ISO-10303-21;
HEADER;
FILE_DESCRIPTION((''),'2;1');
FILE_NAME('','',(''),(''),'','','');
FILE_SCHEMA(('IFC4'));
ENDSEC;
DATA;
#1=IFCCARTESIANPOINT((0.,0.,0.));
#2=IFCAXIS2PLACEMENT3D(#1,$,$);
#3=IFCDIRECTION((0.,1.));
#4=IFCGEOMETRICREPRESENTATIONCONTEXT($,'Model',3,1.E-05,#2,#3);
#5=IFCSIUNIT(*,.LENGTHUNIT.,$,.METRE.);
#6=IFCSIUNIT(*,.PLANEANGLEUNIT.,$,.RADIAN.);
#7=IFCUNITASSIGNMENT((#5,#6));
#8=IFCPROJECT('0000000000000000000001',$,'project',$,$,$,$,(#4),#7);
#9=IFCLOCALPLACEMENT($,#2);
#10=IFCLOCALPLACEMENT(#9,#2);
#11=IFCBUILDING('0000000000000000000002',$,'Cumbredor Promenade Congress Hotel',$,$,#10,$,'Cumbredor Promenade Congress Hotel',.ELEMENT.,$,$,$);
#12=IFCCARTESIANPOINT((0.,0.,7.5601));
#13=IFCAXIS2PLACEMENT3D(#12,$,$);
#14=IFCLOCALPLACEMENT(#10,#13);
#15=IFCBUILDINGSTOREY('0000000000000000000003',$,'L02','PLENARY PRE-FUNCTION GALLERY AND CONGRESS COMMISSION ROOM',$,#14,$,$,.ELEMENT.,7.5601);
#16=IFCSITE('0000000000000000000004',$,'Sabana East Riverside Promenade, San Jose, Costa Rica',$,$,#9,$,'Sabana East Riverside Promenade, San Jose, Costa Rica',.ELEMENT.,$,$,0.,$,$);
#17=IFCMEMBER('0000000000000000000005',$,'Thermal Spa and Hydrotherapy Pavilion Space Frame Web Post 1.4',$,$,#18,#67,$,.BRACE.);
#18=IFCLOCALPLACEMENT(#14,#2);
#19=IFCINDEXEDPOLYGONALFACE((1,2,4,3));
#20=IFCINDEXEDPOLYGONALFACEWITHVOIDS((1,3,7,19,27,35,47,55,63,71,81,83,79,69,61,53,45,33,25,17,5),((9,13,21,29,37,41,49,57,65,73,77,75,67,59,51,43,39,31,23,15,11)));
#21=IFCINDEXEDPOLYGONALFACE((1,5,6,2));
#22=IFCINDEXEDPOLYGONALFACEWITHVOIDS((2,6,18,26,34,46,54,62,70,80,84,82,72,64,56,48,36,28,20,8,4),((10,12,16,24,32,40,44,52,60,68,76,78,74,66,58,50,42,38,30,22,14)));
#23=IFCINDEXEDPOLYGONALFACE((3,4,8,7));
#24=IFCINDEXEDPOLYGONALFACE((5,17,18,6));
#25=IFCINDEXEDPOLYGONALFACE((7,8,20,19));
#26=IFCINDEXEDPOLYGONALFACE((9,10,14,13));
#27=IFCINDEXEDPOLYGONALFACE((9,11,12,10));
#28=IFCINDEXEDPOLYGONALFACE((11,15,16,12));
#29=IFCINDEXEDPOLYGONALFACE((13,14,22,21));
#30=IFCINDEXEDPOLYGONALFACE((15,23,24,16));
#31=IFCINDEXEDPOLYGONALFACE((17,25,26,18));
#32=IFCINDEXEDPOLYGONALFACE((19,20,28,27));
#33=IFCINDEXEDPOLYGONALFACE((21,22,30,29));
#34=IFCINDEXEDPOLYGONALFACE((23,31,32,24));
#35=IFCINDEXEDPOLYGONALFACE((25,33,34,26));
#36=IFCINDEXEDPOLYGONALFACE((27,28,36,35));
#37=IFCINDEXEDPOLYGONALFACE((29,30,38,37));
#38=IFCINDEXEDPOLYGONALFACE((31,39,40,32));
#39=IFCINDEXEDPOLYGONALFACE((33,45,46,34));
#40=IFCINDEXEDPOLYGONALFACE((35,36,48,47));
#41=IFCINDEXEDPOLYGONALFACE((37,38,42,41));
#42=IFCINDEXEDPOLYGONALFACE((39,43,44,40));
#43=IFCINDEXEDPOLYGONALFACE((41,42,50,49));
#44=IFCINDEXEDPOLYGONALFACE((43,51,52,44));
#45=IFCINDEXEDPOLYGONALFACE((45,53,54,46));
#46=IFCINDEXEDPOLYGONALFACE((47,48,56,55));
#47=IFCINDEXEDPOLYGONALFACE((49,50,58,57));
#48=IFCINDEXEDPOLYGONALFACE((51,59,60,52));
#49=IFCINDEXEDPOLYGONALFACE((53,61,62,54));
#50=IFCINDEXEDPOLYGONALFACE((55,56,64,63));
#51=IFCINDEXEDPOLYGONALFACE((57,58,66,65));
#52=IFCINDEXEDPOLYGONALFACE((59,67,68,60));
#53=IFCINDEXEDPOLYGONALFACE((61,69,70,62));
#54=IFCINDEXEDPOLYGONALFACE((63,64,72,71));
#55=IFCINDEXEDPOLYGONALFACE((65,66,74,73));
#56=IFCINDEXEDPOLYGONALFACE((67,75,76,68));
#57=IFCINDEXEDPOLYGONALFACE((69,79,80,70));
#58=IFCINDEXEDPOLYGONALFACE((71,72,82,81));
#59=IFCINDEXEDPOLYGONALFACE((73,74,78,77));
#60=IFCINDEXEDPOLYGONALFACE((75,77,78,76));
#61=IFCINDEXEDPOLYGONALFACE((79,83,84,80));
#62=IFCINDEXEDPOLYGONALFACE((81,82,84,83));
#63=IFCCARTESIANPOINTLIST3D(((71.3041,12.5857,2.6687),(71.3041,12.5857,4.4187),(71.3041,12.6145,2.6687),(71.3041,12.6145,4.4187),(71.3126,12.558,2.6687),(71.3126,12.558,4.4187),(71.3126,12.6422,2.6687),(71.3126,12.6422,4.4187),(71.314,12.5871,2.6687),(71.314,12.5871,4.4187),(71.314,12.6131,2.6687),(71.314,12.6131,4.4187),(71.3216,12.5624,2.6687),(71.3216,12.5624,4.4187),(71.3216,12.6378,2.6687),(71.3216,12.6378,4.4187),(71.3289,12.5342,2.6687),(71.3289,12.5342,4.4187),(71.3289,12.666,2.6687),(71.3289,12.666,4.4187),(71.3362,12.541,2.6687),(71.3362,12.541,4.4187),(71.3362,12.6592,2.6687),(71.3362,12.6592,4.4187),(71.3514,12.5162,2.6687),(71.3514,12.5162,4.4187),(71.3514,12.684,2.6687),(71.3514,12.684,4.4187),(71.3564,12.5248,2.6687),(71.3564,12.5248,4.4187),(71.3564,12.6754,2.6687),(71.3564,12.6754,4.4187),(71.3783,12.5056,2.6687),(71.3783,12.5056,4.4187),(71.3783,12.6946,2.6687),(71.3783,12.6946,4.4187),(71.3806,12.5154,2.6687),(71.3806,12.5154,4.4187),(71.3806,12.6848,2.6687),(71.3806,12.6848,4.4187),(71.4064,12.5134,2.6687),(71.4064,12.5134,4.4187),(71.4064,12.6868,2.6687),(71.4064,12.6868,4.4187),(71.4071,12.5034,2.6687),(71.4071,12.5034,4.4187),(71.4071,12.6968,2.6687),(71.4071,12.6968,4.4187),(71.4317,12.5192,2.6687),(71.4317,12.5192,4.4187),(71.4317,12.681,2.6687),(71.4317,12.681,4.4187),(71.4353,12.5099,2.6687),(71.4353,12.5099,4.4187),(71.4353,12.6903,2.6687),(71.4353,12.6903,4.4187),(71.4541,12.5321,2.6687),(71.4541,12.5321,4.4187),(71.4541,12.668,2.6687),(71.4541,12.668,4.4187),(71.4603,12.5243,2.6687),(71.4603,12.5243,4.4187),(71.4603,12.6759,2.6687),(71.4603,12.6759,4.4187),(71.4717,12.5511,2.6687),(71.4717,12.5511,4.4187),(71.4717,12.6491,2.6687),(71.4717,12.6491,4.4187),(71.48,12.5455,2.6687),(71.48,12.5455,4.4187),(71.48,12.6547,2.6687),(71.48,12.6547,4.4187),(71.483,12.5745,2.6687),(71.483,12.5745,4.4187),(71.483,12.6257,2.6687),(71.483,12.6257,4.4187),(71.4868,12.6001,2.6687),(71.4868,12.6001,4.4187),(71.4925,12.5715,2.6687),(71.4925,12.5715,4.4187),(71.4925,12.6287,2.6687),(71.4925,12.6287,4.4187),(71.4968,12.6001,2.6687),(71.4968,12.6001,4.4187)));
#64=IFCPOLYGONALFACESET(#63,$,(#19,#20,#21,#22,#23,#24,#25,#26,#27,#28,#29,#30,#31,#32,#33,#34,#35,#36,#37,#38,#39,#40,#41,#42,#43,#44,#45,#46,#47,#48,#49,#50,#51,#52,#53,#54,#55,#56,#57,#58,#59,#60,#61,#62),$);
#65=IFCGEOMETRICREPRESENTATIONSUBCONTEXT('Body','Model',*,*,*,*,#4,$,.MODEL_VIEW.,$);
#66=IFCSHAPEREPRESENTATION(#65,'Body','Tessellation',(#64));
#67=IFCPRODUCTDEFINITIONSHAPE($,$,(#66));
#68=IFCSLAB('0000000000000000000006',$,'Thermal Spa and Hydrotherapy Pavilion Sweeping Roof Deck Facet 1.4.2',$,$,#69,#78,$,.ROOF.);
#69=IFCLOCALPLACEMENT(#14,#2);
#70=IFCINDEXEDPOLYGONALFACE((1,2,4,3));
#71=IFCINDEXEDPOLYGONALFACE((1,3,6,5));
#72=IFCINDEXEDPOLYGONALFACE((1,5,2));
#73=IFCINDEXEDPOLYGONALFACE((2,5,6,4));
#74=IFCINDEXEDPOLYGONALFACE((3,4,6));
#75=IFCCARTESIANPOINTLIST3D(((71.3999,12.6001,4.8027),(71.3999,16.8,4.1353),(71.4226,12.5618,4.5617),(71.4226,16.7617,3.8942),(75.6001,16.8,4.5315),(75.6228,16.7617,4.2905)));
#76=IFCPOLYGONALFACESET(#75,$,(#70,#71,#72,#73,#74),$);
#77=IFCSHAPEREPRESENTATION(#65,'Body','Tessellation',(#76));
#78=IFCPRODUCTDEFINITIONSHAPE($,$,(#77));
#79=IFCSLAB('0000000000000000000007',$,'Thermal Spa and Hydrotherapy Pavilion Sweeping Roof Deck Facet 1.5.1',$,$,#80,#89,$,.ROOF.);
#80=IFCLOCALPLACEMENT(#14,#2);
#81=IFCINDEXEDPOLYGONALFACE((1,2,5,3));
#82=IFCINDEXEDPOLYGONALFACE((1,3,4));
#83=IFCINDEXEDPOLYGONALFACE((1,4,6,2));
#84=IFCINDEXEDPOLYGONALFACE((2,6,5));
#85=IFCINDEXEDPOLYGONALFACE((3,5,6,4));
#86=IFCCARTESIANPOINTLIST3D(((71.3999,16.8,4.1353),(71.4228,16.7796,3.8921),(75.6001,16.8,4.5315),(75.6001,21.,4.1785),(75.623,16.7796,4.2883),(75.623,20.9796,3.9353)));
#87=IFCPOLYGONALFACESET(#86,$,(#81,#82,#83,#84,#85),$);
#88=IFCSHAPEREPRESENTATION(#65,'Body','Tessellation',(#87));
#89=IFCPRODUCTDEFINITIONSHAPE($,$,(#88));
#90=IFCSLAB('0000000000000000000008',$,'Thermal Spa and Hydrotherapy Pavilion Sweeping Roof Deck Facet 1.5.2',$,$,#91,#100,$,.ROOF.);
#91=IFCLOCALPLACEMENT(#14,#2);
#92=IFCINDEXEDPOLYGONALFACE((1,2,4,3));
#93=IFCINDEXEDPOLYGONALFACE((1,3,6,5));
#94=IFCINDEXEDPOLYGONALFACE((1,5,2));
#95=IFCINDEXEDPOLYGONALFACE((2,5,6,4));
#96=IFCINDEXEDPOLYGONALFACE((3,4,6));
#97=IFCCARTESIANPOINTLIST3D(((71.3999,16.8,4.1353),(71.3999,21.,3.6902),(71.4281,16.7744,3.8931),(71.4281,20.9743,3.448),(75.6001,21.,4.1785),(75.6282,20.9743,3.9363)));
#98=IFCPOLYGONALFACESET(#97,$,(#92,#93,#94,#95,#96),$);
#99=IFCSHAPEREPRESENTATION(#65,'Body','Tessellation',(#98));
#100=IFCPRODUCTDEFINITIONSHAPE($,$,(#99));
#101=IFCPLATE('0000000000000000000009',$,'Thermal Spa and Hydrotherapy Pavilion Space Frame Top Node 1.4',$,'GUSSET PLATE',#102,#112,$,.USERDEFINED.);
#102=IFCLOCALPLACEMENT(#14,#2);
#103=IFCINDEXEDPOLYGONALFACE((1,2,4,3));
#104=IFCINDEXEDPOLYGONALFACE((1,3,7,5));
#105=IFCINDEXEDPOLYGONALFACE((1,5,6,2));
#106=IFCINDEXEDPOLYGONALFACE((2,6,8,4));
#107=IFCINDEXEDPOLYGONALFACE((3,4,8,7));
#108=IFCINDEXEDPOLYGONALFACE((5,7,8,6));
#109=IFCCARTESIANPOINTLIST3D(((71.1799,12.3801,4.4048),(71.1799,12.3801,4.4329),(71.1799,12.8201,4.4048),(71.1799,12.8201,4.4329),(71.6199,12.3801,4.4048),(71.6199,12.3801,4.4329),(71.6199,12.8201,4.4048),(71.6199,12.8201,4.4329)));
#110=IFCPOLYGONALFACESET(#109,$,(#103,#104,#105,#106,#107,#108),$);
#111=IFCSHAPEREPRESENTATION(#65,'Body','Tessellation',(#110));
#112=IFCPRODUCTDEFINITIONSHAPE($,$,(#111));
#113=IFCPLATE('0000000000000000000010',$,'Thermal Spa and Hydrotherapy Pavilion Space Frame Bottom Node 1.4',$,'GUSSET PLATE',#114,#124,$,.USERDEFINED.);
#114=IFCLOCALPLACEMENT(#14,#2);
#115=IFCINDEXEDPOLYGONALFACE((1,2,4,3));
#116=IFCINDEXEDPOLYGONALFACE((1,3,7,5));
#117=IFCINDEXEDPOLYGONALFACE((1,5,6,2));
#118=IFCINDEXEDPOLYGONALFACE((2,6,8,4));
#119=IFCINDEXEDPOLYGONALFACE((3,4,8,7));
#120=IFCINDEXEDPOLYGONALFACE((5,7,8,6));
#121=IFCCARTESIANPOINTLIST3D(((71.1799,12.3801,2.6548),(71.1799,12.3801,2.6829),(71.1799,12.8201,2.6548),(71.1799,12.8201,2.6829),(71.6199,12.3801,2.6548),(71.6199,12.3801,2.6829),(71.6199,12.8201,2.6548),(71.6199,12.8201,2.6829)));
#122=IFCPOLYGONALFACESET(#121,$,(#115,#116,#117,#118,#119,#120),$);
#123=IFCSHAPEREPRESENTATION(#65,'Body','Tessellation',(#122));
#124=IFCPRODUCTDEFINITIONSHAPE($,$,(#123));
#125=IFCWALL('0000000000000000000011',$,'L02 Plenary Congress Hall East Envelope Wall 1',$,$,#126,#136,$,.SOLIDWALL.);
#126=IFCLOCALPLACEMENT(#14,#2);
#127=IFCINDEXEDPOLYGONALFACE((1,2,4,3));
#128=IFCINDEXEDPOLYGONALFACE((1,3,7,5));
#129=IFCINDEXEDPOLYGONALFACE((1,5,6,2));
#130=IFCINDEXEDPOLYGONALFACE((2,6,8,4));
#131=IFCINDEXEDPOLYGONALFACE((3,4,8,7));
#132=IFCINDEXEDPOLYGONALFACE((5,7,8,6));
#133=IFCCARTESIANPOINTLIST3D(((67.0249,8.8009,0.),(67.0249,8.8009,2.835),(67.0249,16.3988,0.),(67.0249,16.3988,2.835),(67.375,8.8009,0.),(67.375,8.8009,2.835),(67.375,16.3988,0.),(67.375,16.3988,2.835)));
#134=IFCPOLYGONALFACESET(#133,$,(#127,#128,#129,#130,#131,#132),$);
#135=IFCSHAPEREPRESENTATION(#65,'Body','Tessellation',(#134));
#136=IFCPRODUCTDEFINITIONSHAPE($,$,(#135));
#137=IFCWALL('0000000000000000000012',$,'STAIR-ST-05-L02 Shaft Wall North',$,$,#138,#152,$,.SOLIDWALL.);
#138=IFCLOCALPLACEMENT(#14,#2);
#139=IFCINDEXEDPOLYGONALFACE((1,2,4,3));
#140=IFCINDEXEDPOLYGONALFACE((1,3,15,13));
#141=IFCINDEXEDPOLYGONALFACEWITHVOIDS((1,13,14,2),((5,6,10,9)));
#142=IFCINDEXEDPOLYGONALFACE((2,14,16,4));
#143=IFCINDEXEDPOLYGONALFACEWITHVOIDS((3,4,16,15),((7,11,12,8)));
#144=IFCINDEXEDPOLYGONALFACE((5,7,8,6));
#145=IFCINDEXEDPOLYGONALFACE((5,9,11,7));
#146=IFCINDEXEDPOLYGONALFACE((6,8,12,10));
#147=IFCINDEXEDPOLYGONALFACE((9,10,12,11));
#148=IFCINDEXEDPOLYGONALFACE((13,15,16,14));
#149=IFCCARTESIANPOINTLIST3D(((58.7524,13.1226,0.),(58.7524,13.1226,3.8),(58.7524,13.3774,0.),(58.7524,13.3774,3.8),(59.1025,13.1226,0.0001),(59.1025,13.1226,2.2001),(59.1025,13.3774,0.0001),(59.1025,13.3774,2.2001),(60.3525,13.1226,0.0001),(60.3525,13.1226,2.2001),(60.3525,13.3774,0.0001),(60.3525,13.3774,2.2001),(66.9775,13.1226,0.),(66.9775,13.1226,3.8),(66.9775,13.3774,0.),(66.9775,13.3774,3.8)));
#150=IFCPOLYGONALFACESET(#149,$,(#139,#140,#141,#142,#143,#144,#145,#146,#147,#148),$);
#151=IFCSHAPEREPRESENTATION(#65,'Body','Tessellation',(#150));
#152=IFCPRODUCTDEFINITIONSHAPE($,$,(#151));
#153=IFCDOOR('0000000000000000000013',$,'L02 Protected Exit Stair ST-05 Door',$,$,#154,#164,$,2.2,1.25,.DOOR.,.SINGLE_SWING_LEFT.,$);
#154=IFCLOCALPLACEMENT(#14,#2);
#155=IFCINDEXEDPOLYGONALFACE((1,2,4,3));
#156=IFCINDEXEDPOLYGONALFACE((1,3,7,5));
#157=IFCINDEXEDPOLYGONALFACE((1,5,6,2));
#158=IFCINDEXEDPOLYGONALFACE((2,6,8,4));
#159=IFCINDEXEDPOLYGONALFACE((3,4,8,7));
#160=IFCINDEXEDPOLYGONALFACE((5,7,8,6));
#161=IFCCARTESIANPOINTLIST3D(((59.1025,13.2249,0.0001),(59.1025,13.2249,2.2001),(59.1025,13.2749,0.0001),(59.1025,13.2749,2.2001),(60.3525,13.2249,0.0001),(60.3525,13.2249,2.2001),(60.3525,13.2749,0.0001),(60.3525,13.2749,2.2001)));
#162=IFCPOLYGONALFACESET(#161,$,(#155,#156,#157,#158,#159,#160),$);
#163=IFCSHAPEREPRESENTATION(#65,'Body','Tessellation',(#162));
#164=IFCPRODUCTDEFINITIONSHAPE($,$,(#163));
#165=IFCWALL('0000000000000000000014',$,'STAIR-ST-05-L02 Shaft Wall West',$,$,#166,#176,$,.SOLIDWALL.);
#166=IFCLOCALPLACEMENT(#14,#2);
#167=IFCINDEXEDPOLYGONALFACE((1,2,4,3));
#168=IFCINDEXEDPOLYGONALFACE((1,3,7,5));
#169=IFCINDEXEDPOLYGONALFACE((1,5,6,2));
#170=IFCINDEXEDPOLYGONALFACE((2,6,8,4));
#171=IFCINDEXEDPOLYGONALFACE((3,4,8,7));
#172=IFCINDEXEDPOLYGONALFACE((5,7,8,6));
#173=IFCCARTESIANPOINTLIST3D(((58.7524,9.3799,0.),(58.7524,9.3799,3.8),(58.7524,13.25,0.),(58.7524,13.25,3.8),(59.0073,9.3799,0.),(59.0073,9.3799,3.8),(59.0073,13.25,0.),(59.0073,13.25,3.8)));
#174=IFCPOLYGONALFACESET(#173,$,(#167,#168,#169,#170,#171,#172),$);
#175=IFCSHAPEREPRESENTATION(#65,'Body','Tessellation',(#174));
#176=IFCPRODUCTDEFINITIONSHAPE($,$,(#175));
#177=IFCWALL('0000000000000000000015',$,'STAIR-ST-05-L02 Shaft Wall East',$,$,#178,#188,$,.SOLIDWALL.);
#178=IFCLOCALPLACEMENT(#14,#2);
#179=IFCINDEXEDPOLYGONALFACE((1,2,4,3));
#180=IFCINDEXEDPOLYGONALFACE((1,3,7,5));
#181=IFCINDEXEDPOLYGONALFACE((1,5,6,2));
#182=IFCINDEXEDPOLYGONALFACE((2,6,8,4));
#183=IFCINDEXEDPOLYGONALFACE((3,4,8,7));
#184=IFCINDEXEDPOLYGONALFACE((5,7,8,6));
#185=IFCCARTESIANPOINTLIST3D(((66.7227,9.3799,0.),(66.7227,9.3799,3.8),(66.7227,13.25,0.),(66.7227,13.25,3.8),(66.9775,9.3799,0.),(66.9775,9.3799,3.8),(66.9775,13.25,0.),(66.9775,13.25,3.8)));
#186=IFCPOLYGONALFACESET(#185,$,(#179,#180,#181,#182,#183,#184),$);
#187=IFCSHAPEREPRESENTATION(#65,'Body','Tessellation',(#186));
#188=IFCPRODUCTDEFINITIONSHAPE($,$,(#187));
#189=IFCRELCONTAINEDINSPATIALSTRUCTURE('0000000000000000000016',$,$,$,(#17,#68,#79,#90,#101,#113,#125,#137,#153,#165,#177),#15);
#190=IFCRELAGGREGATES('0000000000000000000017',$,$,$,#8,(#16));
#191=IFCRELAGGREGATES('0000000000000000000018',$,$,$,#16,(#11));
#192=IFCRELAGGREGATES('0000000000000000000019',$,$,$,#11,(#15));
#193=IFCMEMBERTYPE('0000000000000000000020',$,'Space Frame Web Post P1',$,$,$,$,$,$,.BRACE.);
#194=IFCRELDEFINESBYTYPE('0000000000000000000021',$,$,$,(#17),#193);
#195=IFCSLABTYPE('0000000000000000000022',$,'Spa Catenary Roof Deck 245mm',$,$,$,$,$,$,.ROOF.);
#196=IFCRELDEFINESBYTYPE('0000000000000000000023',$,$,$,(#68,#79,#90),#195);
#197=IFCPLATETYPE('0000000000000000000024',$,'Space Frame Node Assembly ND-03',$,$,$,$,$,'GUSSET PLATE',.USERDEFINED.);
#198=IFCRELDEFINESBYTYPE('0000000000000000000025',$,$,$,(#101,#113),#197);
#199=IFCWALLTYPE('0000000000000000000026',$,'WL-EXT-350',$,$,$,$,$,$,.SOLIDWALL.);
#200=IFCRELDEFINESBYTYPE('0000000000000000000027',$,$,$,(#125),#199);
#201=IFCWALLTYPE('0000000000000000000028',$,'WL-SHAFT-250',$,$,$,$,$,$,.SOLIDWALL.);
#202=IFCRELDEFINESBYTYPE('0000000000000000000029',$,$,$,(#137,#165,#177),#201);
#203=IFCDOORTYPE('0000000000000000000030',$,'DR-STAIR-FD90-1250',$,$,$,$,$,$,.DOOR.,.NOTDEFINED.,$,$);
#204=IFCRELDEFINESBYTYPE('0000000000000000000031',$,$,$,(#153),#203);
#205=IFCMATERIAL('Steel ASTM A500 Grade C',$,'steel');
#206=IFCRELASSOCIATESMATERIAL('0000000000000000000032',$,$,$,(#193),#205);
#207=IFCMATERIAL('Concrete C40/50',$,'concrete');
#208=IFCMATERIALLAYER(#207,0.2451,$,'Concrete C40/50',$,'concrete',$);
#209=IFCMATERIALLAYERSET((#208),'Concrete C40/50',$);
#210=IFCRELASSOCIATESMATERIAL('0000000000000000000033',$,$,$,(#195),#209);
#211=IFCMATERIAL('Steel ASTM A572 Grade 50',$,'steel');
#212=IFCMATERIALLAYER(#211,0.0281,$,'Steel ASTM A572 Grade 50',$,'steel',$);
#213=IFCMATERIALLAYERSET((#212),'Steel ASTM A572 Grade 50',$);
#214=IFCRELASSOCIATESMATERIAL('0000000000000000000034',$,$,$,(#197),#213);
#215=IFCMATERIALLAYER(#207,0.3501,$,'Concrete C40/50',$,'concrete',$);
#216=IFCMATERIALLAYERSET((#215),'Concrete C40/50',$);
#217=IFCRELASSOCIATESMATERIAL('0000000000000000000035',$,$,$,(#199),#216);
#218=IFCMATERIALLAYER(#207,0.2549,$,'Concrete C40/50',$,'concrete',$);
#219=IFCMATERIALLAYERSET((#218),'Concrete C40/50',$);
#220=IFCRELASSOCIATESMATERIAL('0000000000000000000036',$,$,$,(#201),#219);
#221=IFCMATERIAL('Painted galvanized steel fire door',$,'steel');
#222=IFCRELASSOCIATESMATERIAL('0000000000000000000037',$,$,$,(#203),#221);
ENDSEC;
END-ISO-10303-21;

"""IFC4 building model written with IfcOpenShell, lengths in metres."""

from ifc_helpers import new_model, si_unit, direction, frame, frame_2d, origin, origin_2d, place, context, subcontext, project, spatial, polyline, rectangle, hollow_circle, outline, extrude, material, layer, layer_set, material_profile, profile_set, type_object, element, fill, save


model = new_model("IFC4")

# Units and contexts
model_context = context("Model", 3, precision=1e-05, world=origin(), true_north=direction((0.0, 1.0)))
body_context = subcontext(model_context, "Body", "Model", "MODEL_VIEW")
ifc_project = project(units=[si_unit("LENGTHUNIT", "METRE"), si_unit("PLANEANGLEUNIT", "RADIAN")], contexts=[model_context])

# Site, building, storey
site_placement = place(None, origin())
site = spatial("IfcSite", under=ifc_project, at=site_placement, Name="Sabana East Riverside Promenade, San Jose, Costa Rica", LongName="Sabana East Riverside Promenade, San Jose, Costa Rica", CompositionType="ELEMENT", RefElevation=0.0)
building_placement = place(site_placement, origin())
building = spatial("IfcBuilding", under=site, at=building_placement, Name="Cumbredor Promenade Congress Hotel", LongName="Cumbredor Promenade Congress Hotel", CompositionType="ELEMENT")
storey_placement = place(building_placement, frame((0.0, 0.0, 7.5601)))
storey = spatial("IfcBuildingStorey", under=building, at=storey_placement, Name="L02", Description="PLENARY PRE-FUNCTION GALLERY AND CONGRESS COMMISSION ROOM", CompositionType="ELEMENT", Elevation=7.5601)

# Shared definitions
ifc_material_1 = material(Name="Concrete C40/50", Category="concrete")

# Member
ifc_material_2 = material(Name="Steel ASTM A500 Grade C", Category="steel")
ifc_material_profile_1 = material_profile(ifc_material_2, hollow_circle(Radius=0.0969, WallThickness=0.01, at=origin_2d()), Name="CHS 193.7x10")
ifc_profile_set_1 = profile_set([ifc_material_profile_1], Name="Steel ASTM A500 Grade C")
member_type_1 = type_object("IfcMemberType", Name="Space Frame Web Post P1", PredefinedType="BRACE", material=ifc_profile_set_1)
member_1_placement = place(storey_placement, frame((71.3999, 12.6001, 2.6687), z_axis=(0.0, 0.0, 1.0), x_axis=(1.0, 0.0, 0.0)))
element("IfcMember", 1, at=member_1_placement, inside=storey, type_object=member_type_1, Name="Thermal Spa and Hydrotherapy Pavilion Space Frame Web Post 1.4", PredefinedType="BRACE", context=body_context, shape_type="SweptSolid", body=[
    extrude(hollow_circle(Radius=0.0969, WallThickness=0.01, at=origin_2d()), origin(), (0.0, 0.0, 1.0), 1.75),
])

# Slabs
ifc_layer_1 = layer(ifc_material_1, 0.2451, Name="Concrete C40/50", Category="concrete")
ifc_layer_set_1 = layer_set([ifc_layer_1], Name="Concrete C40/50")
slab_type = type_object("IfcSlabType", Name="Spa Catenary Roof Deck 245mm", PredefinedType="ROOF", material=ifc_layer_set_1)
slab_1_placement = place(storey_placement, frame((71.3999, 12.6001, 4.8027), z_axis=(-0.092767, 0.156279, 0.983347), x_axis=(0.706391, 0.70635, -0.045617)))
element("IfcSlab", 2, at=slab_1_placement, inside=storey, type_object=slab_type, Name="Thermal Spa and Hydrotherapy Pavilion Sweeping Roof Deck Facet 1.4.2", PredefinedType="ROOF", context=body_context, shape_type="SweptSolid", body=[
    extrude(outline(polyline([(0.0, 0.0), (5.946, 0.0), (2.9971, 3.0171), (0.0, 0.0)])), origin(), (0.0, 0.0, -1.0), 0.2451),
])
slab_2_placement = place(storey_placement, frame((71.3999, 16.8, 4.1353), z_axis=(-0.093594, 0.083392, 0.992112), x_axis=(0.99558, 0.0, 0.093922)))
element("IfcSlab", 3, at=slab_2_placement, inside=storey, type_object=slab_type, Name="Thermal Spa and Hydrotherapy Pavilion Sweeping Roof Deck Facet 1.5.1", PredefinedType="ROOF", context=body_context, shape_type="SweptSolid", body=[
    extrude(outline(polyline([(0.0, 0.0), (4.2188, 0.0), (4.1857, 4.2146), (0.0, 0.0)])), origin(), (0.0, 0.0, -1.0), 0.2451),
])
slab_3_placement = place(storey_placement, frame((71.3999, 16.8, 4.1353), z_axis=(-0.11484, 0.104683, 0.987853), x_axis=(0.707109, 0.707068, 0.007275)))
element("IfcSlab", 4, at=slab_3_placement, inside=storey, type_object=slab_type, Name="Thermal Spa and Hydrotherapy Pavilion Sweeping Roof Deck Facet 1.5.2", PredefinedType="ROOF", context=body_context, shape_type="SweptSolid", body=[
    extrude(outline(polyline([(0.0, 0.0), (5.94, 0.0), (2.9664, 3.0063), (0.0, 0.0)])), origin(), (0.0, 0.0, -1.0), 0.2451),
])

# Plates
ifc_material_3 = material(Name="Steel ASTM A572 Grade 50", Category="steel")
ifc_layer_2 = layer(ifc_material_3, 0.0281, Name="Steel ASTM A572 Grade 50", Category="steel")
ifc_layer_set_2 = layer_set([ifc_layer_2], Name="Steel ASTM A572 Grade 50")
plate_type = type_object("IfcPlateType", Name="Space Frame Node Assembly ND-03", ElementType="GUSSET PLATE", PredefinedType="USERDEFINED", material=ifc_layer_set_2)
for number, where, z_axis, x_axis, name in (
    (5, (71.3999, 12.6001, 4.4048), (0.0, 0.0, 1.0), (1.0, 0.0, 0.0), "Thermal Spa and Hydrotherapy Pavilion Space Frame Top Node 1.4"),
    (6, (71.3999, 12.6001, 2.6548), (0.0, 0.0, 1.0), (1.0, 0.0, 0.0), "Thermal Spa and Hydrotherapy Pavilion Space Frame Bottom Node 1.4"),
):
    element("IfcPlate", number, at=place(storey_placement, frame(where, z_axis=z_axis, x_axis=x_axis)), inside=storey, type_object=plate_type, Name=name, ObjectType="GUSSET PLATE", PredefinedType="USERDEFINED", context=body_context, shape_type="SweptSolid", body=[
        extrude(rectangle(XDim=0.4399, YDim=0.4399, at=origin_2d()), origin(), (0.0, 0.0, 1.0), 0.0281),
    ])

# Wall
ifc_layer_3 = layer(ifc_material_1, 0.3501, Name="Concrete C40/50", Category="concrete")
ifc_layer_set_3 = layer_set([ifc_layer_3], Name="Concrete C40/50")
wall_type_1 = type_object("IfcWallType", Name="WL-EXT-350", PredefinedType="SOLIDWALL", material=ifc_layer_set_3)
wall_1_placement = place(storey_placement, frame((67.2, 8.801, 0.0), z_axis=(0.0, 0.0, 1.0), x_axis=(0.0, 1.0, 0.0)))
element("IfcWall", 7, at=wall_1_placement, inside=storey, type_object=wall_type_1, Name="L02 Plenary Congress Hall East Envelope Wall 1", PredefinedType="SOLIDWALL", context=body_context, shape_type="SweptSolid", body=[
    extrude(rectangle(XDim=7.5979, YDim=0.3501, at=frame_2d((3.7988, 0.0))), origin(), (0.0, 0.0, 1.0), 2.835),
])

# Wall, opening, door
ifc_layer_4 = layer(ifc_material_1, 0.2549, Name="Concrete C40/50", Category="concrete")
ifc_layer_set_4 = layer_set([ifc_layer_4], Name="Concrete C40/50")
wall_type_2 = type_object("IfcWallType", Name="WL-SHAFT-250", PredefinedType="SOLIDWALL", material=ifc_layer_set_4)
wall_2_placement = place(storey_placement, frame((58.7524, 13.25, 0.0), z_axis=(0.0, 0.0, 1.0), x_axis=(1.0, 0.0, 0.0)))
wall_2 = element("IfcWall", 8, at=wall_2_placement, inside=storey, type_object=wall_type_2, Name="STAIR-ST-05-L02 Shaft Wall North", PredefinedType="SOLIDWALL", context=body_context, shape_type="SweptSolid", body=[
    extrude(rectangle(XDim=8.2251, YDim=0.2549, at=frame_2d((4.1125, 0.0))), origin(), (0.0, 0.0, 1.0), 3.8),
])
opening_placement = place(wall_2_placement, frame((0.3501, 0.0, 0.0)))
opening = element("IfcOpeningElement", 9, at=opening_placement, cuts=wall_2, PredefinedType="OPENING", context=body_context, shape_type="SweptSolid", body=[
    extrude(rectangle(XDim=1.25, YDim=2.2, at=frame_2d((0.625, 1.1001))), frame((0.0, 0.1375, 0.0), z_axis=(0.0, -1.0, 0.0), x_axis=(1.0, 0.0, 0.0)), (0.0, 0.0, 1.0), 0.2749),
])
ifc_material_4 = material(Name="Painted galvanized steel fire door", Category="steel")
door_type = type_object("IfcDoorType", Name="DR-STAIR-FD90-1250", OperationType="NOTDEFINED", PredefinedType="DOOR", material=ifc_material_4)
door_placement = place(opening_placement, origin())
door = element("IfcDoor", 10, at=door_placement, inside=storey, type_object=door_type, Name="L02 Protected Exit Stair ST-05 Door", OperationType="SINGLE_SWING_LEFT", OverallHeight=2.2, OverallWidth=1.25, PredefinedType="DOOR", context=body_context, shape_type="SweptSolid", body=[
    extrude(rectangle(XDim=1.25, YDim=2.2, at=frame_2d((0.625, 1.1001))), frame((0.0, 0.0249, 0.0), z_axis=(0.0, -1.0, 0.0), x_axis=(1.0, 0.0, 0.0)), (0.0, 0.0, 1.0), 0.05),
])
fill(opening, door)

# Walls
for number, where, z_axis, x_axis, name in (
    (11, (58.8799, 9.3799, 0.0), (0.0, 0.0, 1.0), (0.0, 1.0, 0.0), "STAIR-ST-05-L02 Shaft Wall West"),
    (12, (66.8501, 9.3799, 0.0), (0.0, 0.0, 1.0), (0.0, 1.0, 0.0), "STAIR-ST-05-L02 Shaft Wall East"),
):
    element("IfcWall", number, at=place(storey_placement, frame(where, z_axis=z_axis, x_axis=x_axis)), inside=storey, type_object=wall_type_2, Name=name, PredefinedType="SOLIDWALL", context=body_context, shape_type="SweptSolid", body=[
        extrude(rectangle(XDim=3.8701, YDim=0.2549, at=frame_2d((1.9351, 0.0))), origin(), (0.0, 0.0, 1.0), 3.8),
    ])

save(model, "model.ifc")
